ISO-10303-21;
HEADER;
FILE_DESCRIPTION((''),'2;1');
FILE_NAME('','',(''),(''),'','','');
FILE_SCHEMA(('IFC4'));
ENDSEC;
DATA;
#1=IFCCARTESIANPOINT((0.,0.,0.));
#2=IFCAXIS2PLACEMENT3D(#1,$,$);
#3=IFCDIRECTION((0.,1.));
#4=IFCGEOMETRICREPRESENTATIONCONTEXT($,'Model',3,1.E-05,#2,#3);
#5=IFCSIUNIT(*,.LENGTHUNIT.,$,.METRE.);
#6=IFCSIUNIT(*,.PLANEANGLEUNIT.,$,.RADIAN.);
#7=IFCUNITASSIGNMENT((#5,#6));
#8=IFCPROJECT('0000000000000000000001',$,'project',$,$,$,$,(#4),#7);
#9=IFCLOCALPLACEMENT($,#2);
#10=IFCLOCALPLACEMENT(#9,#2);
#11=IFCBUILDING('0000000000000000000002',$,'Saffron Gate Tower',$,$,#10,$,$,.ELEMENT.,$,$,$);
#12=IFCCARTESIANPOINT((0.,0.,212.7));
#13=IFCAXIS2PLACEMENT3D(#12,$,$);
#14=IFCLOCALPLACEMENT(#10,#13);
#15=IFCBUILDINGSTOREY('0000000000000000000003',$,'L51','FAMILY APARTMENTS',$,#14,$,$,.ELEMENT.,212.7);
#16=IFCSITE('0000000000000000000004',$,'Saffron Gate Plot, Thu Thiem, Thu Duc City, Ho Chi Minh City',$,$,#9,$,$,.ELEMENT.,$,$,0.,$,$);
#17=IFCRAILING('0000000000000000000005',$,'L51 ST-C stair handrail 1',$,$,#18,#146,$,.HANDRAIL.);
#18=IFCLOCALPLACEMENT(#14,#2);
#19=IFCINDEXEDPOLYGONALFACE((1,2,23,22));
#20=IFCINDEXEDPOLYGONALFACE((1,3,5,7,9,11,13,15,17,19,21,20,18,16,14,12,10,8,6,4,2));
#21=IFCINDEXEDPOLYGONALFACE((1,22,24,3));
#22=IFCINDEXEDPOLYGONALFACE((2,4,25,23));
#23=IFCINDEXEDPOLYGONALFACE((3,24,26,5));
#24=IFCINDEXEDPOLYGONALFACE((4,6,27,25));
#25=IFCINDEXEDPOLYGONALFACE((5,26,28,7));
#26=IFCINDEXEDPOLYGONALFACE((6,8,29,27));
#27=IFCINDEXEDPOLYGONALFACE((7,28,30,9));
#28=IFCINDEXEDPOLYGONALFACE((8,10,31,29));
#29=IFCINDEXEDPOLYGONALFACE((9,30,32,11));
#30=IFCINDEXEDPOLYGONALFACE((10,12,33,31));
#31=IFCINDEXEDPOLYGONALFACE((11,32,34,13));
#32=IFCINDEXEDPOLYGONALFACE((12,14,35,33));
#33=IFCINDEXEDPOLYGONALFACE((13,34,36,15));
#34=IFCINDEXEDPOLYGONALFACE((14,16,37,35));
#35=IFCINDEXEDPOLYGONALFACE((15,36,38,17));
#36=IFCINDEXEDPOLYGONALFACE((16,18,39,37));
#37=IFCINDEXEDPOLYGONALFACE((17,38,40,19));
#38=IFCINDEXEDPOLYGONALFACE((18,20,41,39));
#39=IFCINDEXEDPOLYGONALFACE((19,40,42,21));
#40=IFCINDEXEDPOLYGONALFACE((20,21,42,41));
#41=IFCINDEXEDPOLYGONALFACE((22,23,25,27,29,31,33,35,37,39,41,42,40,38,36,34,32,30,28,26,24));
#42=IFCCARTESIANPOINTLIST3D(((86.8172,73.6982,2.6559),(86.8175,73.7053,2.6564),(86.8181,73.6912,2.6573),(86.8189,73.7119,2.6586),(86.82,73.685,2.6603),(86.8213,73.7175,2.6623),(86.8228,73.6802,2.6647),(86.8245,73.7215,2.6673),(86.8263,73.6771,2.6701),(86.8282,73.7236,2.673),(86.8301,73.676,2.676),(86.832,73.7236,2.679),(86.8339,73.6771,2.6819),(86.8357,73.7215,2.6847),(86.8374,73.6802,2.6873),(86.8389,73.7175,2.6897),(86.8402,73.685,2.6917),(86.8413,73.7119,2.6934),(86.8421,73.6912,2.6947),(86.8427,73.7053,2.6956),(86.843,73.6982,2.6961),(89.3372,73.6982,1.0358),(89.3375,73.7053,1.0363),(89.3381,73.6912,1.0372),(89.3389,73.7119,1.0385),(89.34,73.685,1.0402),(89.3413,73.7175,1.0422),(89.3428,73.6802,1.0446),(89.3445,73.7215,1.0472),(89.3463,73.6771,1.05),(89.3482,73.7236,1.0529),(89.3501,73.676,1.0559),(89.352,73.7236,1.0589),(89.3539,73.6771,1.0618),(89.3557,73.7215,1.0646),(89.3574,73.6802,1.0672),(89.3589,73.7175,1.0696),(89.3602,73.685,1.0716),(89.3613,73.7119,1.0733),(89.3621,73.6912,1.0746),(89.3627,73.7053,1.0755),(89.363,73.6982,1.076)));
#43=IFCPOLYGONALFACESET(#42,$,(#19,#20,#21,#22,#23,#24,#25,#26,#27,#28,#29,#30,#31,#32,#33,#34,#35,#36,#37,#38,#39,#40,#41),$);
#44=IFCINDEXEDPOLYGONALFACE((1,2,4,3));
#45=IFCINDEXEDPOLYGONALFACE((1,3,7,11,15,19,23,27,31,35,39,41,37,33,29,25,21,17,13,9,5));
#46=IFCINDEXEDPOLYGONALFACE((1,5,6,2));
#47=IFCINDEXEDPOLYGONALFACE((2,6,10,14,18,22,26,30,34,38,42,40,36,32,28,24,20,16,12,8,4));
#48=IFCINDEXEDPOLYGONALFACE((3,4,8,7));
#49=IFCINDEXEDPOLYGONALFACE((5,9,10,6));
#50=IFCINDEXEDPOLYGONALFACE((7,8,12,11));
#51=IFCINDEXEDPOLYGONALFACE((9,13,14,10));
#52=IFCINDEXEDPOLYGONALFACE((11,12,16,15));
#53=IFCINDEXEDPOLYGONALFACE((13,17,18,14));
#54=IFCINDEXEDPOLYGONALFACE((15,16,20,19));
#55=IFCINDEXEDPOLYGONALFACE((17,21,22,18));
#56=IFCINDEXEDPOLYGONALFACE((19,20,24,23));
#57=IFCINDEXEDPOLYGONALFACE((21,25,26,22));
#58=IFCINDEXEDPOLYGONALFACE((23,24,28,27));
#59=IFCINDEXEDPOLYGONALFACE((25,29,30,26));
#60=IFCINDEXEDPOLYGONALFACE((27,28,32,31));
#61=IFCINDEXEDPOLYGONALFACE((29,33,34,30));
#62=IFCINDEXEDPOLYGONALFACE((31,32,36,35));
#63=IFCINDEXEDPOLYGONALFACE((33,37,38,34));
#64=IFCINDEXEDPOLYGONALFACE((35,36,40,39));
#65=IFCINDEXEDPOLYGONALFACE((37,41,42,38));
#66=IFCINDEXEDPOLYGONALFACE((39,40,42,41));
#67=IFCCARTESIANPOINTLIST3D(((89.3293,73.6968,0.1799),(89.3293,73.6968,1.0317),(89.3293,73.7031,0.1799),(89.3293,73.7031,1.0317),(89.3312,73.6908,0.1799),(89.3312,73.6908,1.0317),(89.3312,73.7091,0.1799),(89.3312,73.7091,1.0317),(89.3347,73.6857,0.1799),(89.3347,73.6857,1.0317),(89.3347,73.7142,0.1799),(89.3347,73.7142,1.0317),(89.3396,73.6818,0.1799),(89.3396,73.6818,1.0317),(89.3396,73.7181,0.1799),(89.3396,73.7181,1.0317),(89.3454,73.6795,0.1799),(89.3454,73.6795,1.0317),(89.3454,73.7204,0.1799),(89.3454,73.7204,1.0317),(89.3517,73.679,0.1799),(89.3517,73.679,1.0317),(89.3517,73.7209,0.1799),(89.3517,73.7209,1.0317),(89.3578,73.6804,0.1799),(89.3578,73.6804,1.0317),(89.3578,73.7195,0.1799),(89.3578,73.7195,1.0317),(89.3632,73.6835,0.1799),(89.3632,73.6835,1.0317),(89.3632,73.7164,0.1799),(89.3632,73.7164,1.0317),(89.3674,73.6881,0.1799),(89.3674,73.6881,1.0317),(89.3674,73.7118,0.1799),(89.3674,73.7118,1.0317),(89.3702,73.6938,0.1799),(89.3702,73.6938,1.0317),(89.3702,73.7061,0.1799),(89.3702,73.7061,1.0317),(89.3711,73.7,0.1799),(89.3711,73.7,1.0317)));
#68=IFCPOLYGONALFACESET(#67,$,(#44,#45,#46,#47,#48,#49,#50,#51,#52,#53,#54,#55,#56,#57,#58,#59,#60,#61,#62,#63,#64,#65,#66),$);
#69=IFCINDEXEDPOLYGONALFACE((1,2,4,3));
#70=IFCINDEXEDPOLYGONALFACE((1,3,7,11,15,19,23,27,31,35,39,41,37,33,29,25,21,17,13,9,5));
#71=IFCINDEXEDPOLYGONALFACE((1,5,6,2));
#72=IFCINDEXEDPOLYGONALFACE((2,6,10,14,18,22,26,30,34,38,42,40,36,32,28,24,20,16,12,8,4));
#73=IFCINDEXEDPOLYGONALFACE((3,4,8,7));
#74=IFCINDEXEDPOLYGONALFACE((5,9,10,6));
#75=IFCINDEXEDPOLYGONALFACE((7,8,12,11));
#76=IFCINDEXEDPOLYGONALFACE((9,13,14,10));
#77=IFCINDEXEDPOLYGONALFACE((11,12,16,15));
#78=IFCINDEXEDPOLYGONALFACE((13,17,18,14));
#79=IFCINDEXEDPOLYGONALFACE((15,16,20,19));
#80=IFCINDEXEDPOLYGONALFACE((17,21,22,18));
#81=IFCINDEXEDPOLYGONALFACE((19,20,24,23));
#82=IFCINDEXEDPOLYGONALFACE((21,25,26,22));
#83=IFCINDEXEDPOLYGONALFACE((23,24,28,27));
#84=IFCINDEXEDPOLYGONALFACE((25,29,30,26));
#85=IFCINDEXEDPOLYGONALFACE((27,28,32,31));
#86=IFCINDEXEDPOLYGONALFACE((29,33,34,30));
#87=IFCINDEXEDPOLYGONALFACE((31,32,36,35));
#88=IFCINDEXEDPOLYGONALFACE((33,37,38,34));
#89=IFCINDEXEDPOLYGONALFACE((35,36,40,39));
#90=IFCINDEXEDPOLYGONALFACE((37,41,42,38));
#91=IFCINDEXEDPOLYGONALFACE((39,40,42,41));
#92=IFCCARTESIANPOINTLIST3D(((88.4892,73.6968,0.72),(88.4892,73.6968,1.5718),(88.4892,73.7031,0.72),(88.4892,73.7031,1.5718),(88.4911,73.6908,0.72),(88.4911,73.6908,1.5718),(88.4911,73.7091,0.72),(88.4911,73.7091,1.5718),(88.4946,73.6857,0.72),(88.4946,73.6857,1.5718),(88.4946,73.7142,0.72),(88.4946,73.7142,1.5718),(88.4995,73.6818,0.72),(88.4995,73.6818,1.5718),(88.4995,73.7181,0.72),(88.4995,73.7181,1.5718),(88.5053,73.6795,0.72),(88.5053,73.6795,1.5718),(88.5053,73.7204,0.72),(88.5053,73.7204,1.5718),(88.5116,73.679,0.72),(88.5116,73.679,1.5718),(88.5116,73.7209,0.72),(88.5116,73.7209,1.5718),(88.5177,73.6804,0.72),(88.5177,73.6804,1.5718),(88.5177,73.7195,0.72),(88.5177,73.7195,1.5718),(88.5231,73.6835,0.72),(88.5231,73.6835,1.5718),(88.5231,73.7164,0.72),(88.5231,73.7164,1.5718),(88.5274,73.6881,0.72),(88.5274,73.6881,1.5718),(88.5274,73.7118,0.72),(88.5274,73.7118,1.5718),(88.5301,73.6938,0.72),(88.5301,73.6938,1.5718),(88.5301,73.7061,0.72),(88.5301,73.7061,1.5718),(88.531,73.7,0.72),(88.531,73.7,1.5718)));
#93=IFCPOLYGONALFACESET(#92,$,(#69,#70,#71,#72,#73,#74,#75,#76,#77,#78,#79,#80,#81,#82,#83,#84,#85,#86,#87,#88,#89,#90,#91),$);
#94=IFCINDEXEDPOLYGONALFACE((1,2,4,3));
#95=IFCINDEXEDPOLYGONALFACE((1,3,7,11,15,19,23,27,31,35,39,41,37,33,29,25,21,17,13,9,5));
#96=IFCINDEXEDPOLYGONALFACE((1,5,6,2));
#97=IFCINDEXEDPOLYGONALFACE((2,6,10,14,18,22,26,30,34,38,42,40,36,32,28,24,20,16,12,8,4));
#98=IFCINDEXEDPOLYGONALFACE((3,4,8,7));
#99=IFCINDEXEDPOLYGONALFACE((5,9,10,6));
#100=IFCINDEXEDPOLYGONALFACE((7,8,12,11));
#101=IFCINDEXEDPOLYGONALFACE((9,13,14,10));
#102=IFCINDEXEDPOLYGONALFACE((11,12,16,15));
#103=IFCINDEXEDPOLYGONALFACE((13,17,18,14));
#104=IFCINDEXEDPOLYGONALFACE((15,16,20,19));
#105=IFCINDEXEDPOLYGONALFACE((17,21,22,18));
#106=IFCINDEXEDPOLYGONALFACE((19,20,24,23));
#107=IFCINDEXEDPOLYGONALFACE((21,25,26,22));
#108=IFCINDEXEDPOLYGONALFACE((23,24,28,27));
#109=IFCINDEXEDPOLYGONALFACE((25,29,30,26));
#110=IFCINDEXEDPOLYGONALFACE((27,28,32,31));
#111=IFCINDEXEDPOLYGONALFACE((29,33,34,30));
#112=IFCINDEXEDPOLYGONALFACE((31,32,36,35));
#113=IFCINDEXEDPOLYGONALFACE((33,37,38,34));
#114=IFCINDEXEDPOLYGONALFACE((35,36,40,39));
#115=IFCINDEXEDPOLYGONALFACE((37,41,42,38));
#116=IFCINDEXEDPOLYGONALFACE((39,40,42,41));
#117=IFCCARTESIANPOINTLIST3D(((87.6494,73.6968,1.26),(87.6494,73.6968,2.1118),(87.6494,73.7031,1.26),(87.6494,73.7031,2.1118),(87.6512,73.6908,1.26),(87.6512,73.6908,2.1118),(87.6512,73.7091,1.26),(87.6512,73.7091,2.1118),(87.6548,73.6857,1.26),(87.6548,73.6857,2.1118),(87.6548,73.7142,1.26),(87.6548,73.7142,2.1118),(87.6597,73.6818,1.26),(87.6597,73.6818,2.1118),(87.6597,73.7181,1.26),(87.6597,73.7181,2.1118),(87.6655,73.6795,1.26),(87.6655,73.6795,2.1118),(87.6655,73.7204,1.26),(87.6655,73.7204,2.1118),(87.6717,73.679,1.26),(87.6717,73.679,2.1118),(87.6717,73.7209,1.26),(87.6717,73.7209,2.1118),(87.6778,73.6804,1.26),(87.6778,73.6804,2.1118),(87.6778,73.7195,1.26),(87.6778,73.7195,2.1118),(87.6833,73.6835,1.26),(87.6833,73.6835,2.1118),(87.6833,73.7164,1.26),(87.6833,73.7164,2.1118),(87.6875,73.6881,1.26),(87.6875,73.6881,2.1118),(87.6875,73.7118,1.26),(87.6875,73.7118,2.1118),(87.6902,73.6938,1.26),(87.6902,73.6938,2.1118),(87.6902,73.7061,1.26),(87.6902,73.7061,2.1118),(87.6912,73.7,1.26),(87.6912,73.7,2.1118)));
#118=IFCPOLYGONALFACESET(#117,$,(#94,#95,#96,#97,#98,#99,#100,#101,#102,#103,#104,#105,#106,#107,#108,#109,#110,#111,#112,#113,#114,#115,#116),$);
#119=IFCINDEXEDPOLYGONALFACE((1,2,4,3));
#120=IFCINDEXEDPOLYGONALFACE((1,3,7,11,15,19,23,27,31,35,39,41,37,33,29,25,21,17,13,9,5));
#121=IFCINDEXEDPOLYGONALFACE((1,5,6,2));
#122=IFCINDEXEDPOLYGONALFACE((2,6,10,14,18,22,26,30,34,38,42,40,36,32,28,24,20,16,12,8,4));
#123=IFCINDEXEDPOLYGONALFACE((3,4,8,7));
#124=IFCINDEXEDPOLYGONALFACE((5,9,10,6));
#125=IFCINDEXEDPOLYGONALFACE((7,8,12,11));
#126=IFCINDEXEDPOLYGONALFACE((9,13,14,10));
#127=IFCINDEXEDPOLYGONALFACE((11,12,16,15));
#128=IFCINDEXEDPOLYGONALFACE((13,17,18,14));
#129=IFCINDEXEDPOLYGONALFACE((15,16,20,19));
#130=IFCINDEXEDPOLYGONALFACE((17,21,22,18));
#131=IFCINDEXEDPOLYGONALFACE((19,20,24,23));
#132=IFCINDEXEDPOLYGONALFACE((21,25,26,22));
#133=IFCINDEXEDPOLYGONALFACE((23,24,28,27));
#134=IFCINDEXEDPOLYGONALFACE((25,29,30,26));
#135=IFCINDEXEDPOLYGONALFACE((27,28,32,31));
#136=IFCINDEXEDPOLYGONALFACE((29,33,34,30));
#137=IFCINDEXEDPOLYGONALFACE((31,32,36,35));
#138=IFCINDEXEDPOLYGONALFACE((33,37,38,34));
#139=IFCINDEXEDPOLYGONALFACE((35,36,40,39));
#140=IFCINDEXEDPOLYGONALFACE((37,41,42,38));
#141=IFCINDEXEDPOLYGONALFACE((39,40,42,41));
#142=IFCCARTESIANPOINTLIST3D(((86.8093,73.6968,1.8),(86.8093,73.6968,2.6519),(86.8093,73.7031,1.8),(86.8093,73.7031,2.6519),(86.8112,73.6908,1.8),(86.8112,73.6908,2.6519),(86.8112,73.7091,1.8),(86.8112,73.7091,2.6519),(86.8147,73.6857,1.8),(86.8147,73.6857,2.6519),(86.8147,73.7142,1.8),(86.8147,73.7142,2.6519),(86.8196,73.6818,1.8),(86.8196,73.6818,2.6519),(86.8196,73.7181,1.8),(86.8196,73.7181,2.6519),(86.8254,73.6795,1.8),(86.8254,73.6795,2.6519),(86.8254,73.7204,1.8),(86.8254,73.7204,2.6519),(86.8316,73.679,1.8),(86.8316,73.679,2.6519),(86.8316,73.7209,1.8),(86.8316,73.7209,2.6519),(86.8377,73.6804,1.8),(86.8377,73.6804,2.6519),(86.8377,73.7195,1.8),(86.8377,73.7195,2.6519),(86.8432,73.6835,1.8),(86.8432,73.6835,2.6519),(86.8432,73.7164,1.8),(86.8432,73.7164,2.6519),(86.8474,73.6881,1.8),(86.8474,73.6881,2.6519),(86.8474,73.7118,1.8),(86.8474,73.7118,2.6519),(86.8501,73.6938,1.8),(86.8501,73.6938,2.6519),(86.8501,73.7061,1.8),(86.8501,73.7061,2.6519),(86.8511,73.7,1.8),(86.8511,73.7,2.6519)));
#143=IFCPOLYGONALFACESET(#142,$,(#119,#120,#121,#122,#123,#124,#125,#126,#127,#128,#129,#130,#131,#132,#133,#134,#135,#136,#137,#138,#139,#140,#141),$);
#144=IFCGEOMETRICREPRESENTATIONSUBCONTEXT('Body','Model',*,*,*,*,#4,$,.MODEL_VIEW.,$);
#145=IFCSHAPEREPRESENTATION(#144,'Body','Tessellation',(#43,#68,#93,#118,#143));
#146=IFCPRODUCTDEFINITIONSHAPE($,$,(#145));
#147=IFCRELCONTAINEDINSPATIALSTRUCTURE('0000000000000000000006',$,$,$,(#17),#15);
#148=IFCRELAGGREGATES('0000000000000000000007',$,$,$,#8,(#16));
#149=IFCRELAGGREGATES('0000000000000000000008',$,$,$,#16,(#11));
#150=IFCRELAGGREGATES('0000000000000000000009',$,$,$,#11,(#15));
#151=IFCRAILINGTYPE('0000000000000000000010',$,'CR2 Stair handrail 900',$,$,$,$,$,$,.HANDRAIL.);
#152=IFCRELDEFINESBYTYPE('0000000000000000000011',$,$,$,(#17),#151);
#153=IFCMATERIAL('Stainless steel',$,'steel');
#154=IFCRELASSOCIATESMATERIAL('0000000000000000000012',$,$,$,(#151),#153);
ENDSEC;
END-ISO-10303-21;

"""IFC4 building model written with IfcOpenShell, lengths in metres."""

from ifc_helpers import new_model, si_unit, direction, frame, origin, origin_2d, place, context, subcontext, project, spatial, circle, extrude, material, type_object, element, save


model = new_model("IFC4")

# Units and contexts
model_context = context("Model", 3, precision=1e-05, world=origin(), true_north=direction((0.0, 1.0)))
body_context = subcontext(model_context, "Body", "Model", "MODEL_VIEW")
ifc_project = project(units=[si_unit("LENGTHUNIT", "METRE"), si_unit("PLANEANGLEUNIT", "RADIAN")], contexts=[model_context])

# Site, building, storey
site_placement = place(None, origin())
site = spatial("IfcSite", under=ifc_project, at=site_placement, Name="Saffron Gate Plot, Thu Thiem, Thu Duc City, Ho Chi Minh City", CompositionType="ELEMENT", RefElevation=0.0)
building_placement = place(site_placement, origin())
building = spatial("IfcBuilding", under=site, at=building_placement, Name="Saffron Gate Tower", CompositionType="ELEMENT")
storey_placement = place(building_placement, frame((0.0, 0.0, 212.7)))
storey = spatial("IfcBuildingStorey", under=building, at=storey_placement, Name="L51", Description="FAMILY APARTMENTS", CompositionType="ELEMENT", Elevation=212.7)

# Railing
ifc_material_1 = material(Name="Stainless steel", Category="steel")
railing_type_1 = type_object("IfcRailingType", Name="CR2 Stair handrail 900", PredefinedType="HANDRAIL", material=ifc_material_1)
railing_1_placement = place(storey_placement, frame((89.3501, 73.7, 0.1799)))
element("IfcRailing", 1, at=railing_1_placement, inside=storey, type_object=railing_type_1, Name="L51 ST-C stair handrail 1", PredefinedType="HANDRAIL", context=body_context, shape_type="SweptSolid", body=[
    extrude(circle(Radius=0.0239, at=origin_2d()), frame((0.0, 0.0, 0.876), z_axis=(-0.841163, 0.0, 0.540782), x_axis=(0.0, -1.0, 0.0)), (0.0, 0.0, 1.0), 2.9958),
    extrude(circle(Radius=0.021, at=origin_2d()), origin(), (0.0, 0.0, 1.0), 0.8518),
    extrude(circle(Radius=0.021, at=origin_2d()), frame((-0.8401, 0.0, 0.54)), (0.0, 0.0, 1.0), 0.8518),
    extrude(circle(Radius=0.021, at=origin_2d()), frame((-1.6799, 0.0, 1.0801)), (0.0, 0.0, 1.0), 0.8518),
    extrude(circle(Radius=0.021, at=origin_2d()), frame((-2.52, 0.0, 1.6201)), (0.0, 0.0, 1.0), 0.8518),
])

save(model, "model.ifc")
